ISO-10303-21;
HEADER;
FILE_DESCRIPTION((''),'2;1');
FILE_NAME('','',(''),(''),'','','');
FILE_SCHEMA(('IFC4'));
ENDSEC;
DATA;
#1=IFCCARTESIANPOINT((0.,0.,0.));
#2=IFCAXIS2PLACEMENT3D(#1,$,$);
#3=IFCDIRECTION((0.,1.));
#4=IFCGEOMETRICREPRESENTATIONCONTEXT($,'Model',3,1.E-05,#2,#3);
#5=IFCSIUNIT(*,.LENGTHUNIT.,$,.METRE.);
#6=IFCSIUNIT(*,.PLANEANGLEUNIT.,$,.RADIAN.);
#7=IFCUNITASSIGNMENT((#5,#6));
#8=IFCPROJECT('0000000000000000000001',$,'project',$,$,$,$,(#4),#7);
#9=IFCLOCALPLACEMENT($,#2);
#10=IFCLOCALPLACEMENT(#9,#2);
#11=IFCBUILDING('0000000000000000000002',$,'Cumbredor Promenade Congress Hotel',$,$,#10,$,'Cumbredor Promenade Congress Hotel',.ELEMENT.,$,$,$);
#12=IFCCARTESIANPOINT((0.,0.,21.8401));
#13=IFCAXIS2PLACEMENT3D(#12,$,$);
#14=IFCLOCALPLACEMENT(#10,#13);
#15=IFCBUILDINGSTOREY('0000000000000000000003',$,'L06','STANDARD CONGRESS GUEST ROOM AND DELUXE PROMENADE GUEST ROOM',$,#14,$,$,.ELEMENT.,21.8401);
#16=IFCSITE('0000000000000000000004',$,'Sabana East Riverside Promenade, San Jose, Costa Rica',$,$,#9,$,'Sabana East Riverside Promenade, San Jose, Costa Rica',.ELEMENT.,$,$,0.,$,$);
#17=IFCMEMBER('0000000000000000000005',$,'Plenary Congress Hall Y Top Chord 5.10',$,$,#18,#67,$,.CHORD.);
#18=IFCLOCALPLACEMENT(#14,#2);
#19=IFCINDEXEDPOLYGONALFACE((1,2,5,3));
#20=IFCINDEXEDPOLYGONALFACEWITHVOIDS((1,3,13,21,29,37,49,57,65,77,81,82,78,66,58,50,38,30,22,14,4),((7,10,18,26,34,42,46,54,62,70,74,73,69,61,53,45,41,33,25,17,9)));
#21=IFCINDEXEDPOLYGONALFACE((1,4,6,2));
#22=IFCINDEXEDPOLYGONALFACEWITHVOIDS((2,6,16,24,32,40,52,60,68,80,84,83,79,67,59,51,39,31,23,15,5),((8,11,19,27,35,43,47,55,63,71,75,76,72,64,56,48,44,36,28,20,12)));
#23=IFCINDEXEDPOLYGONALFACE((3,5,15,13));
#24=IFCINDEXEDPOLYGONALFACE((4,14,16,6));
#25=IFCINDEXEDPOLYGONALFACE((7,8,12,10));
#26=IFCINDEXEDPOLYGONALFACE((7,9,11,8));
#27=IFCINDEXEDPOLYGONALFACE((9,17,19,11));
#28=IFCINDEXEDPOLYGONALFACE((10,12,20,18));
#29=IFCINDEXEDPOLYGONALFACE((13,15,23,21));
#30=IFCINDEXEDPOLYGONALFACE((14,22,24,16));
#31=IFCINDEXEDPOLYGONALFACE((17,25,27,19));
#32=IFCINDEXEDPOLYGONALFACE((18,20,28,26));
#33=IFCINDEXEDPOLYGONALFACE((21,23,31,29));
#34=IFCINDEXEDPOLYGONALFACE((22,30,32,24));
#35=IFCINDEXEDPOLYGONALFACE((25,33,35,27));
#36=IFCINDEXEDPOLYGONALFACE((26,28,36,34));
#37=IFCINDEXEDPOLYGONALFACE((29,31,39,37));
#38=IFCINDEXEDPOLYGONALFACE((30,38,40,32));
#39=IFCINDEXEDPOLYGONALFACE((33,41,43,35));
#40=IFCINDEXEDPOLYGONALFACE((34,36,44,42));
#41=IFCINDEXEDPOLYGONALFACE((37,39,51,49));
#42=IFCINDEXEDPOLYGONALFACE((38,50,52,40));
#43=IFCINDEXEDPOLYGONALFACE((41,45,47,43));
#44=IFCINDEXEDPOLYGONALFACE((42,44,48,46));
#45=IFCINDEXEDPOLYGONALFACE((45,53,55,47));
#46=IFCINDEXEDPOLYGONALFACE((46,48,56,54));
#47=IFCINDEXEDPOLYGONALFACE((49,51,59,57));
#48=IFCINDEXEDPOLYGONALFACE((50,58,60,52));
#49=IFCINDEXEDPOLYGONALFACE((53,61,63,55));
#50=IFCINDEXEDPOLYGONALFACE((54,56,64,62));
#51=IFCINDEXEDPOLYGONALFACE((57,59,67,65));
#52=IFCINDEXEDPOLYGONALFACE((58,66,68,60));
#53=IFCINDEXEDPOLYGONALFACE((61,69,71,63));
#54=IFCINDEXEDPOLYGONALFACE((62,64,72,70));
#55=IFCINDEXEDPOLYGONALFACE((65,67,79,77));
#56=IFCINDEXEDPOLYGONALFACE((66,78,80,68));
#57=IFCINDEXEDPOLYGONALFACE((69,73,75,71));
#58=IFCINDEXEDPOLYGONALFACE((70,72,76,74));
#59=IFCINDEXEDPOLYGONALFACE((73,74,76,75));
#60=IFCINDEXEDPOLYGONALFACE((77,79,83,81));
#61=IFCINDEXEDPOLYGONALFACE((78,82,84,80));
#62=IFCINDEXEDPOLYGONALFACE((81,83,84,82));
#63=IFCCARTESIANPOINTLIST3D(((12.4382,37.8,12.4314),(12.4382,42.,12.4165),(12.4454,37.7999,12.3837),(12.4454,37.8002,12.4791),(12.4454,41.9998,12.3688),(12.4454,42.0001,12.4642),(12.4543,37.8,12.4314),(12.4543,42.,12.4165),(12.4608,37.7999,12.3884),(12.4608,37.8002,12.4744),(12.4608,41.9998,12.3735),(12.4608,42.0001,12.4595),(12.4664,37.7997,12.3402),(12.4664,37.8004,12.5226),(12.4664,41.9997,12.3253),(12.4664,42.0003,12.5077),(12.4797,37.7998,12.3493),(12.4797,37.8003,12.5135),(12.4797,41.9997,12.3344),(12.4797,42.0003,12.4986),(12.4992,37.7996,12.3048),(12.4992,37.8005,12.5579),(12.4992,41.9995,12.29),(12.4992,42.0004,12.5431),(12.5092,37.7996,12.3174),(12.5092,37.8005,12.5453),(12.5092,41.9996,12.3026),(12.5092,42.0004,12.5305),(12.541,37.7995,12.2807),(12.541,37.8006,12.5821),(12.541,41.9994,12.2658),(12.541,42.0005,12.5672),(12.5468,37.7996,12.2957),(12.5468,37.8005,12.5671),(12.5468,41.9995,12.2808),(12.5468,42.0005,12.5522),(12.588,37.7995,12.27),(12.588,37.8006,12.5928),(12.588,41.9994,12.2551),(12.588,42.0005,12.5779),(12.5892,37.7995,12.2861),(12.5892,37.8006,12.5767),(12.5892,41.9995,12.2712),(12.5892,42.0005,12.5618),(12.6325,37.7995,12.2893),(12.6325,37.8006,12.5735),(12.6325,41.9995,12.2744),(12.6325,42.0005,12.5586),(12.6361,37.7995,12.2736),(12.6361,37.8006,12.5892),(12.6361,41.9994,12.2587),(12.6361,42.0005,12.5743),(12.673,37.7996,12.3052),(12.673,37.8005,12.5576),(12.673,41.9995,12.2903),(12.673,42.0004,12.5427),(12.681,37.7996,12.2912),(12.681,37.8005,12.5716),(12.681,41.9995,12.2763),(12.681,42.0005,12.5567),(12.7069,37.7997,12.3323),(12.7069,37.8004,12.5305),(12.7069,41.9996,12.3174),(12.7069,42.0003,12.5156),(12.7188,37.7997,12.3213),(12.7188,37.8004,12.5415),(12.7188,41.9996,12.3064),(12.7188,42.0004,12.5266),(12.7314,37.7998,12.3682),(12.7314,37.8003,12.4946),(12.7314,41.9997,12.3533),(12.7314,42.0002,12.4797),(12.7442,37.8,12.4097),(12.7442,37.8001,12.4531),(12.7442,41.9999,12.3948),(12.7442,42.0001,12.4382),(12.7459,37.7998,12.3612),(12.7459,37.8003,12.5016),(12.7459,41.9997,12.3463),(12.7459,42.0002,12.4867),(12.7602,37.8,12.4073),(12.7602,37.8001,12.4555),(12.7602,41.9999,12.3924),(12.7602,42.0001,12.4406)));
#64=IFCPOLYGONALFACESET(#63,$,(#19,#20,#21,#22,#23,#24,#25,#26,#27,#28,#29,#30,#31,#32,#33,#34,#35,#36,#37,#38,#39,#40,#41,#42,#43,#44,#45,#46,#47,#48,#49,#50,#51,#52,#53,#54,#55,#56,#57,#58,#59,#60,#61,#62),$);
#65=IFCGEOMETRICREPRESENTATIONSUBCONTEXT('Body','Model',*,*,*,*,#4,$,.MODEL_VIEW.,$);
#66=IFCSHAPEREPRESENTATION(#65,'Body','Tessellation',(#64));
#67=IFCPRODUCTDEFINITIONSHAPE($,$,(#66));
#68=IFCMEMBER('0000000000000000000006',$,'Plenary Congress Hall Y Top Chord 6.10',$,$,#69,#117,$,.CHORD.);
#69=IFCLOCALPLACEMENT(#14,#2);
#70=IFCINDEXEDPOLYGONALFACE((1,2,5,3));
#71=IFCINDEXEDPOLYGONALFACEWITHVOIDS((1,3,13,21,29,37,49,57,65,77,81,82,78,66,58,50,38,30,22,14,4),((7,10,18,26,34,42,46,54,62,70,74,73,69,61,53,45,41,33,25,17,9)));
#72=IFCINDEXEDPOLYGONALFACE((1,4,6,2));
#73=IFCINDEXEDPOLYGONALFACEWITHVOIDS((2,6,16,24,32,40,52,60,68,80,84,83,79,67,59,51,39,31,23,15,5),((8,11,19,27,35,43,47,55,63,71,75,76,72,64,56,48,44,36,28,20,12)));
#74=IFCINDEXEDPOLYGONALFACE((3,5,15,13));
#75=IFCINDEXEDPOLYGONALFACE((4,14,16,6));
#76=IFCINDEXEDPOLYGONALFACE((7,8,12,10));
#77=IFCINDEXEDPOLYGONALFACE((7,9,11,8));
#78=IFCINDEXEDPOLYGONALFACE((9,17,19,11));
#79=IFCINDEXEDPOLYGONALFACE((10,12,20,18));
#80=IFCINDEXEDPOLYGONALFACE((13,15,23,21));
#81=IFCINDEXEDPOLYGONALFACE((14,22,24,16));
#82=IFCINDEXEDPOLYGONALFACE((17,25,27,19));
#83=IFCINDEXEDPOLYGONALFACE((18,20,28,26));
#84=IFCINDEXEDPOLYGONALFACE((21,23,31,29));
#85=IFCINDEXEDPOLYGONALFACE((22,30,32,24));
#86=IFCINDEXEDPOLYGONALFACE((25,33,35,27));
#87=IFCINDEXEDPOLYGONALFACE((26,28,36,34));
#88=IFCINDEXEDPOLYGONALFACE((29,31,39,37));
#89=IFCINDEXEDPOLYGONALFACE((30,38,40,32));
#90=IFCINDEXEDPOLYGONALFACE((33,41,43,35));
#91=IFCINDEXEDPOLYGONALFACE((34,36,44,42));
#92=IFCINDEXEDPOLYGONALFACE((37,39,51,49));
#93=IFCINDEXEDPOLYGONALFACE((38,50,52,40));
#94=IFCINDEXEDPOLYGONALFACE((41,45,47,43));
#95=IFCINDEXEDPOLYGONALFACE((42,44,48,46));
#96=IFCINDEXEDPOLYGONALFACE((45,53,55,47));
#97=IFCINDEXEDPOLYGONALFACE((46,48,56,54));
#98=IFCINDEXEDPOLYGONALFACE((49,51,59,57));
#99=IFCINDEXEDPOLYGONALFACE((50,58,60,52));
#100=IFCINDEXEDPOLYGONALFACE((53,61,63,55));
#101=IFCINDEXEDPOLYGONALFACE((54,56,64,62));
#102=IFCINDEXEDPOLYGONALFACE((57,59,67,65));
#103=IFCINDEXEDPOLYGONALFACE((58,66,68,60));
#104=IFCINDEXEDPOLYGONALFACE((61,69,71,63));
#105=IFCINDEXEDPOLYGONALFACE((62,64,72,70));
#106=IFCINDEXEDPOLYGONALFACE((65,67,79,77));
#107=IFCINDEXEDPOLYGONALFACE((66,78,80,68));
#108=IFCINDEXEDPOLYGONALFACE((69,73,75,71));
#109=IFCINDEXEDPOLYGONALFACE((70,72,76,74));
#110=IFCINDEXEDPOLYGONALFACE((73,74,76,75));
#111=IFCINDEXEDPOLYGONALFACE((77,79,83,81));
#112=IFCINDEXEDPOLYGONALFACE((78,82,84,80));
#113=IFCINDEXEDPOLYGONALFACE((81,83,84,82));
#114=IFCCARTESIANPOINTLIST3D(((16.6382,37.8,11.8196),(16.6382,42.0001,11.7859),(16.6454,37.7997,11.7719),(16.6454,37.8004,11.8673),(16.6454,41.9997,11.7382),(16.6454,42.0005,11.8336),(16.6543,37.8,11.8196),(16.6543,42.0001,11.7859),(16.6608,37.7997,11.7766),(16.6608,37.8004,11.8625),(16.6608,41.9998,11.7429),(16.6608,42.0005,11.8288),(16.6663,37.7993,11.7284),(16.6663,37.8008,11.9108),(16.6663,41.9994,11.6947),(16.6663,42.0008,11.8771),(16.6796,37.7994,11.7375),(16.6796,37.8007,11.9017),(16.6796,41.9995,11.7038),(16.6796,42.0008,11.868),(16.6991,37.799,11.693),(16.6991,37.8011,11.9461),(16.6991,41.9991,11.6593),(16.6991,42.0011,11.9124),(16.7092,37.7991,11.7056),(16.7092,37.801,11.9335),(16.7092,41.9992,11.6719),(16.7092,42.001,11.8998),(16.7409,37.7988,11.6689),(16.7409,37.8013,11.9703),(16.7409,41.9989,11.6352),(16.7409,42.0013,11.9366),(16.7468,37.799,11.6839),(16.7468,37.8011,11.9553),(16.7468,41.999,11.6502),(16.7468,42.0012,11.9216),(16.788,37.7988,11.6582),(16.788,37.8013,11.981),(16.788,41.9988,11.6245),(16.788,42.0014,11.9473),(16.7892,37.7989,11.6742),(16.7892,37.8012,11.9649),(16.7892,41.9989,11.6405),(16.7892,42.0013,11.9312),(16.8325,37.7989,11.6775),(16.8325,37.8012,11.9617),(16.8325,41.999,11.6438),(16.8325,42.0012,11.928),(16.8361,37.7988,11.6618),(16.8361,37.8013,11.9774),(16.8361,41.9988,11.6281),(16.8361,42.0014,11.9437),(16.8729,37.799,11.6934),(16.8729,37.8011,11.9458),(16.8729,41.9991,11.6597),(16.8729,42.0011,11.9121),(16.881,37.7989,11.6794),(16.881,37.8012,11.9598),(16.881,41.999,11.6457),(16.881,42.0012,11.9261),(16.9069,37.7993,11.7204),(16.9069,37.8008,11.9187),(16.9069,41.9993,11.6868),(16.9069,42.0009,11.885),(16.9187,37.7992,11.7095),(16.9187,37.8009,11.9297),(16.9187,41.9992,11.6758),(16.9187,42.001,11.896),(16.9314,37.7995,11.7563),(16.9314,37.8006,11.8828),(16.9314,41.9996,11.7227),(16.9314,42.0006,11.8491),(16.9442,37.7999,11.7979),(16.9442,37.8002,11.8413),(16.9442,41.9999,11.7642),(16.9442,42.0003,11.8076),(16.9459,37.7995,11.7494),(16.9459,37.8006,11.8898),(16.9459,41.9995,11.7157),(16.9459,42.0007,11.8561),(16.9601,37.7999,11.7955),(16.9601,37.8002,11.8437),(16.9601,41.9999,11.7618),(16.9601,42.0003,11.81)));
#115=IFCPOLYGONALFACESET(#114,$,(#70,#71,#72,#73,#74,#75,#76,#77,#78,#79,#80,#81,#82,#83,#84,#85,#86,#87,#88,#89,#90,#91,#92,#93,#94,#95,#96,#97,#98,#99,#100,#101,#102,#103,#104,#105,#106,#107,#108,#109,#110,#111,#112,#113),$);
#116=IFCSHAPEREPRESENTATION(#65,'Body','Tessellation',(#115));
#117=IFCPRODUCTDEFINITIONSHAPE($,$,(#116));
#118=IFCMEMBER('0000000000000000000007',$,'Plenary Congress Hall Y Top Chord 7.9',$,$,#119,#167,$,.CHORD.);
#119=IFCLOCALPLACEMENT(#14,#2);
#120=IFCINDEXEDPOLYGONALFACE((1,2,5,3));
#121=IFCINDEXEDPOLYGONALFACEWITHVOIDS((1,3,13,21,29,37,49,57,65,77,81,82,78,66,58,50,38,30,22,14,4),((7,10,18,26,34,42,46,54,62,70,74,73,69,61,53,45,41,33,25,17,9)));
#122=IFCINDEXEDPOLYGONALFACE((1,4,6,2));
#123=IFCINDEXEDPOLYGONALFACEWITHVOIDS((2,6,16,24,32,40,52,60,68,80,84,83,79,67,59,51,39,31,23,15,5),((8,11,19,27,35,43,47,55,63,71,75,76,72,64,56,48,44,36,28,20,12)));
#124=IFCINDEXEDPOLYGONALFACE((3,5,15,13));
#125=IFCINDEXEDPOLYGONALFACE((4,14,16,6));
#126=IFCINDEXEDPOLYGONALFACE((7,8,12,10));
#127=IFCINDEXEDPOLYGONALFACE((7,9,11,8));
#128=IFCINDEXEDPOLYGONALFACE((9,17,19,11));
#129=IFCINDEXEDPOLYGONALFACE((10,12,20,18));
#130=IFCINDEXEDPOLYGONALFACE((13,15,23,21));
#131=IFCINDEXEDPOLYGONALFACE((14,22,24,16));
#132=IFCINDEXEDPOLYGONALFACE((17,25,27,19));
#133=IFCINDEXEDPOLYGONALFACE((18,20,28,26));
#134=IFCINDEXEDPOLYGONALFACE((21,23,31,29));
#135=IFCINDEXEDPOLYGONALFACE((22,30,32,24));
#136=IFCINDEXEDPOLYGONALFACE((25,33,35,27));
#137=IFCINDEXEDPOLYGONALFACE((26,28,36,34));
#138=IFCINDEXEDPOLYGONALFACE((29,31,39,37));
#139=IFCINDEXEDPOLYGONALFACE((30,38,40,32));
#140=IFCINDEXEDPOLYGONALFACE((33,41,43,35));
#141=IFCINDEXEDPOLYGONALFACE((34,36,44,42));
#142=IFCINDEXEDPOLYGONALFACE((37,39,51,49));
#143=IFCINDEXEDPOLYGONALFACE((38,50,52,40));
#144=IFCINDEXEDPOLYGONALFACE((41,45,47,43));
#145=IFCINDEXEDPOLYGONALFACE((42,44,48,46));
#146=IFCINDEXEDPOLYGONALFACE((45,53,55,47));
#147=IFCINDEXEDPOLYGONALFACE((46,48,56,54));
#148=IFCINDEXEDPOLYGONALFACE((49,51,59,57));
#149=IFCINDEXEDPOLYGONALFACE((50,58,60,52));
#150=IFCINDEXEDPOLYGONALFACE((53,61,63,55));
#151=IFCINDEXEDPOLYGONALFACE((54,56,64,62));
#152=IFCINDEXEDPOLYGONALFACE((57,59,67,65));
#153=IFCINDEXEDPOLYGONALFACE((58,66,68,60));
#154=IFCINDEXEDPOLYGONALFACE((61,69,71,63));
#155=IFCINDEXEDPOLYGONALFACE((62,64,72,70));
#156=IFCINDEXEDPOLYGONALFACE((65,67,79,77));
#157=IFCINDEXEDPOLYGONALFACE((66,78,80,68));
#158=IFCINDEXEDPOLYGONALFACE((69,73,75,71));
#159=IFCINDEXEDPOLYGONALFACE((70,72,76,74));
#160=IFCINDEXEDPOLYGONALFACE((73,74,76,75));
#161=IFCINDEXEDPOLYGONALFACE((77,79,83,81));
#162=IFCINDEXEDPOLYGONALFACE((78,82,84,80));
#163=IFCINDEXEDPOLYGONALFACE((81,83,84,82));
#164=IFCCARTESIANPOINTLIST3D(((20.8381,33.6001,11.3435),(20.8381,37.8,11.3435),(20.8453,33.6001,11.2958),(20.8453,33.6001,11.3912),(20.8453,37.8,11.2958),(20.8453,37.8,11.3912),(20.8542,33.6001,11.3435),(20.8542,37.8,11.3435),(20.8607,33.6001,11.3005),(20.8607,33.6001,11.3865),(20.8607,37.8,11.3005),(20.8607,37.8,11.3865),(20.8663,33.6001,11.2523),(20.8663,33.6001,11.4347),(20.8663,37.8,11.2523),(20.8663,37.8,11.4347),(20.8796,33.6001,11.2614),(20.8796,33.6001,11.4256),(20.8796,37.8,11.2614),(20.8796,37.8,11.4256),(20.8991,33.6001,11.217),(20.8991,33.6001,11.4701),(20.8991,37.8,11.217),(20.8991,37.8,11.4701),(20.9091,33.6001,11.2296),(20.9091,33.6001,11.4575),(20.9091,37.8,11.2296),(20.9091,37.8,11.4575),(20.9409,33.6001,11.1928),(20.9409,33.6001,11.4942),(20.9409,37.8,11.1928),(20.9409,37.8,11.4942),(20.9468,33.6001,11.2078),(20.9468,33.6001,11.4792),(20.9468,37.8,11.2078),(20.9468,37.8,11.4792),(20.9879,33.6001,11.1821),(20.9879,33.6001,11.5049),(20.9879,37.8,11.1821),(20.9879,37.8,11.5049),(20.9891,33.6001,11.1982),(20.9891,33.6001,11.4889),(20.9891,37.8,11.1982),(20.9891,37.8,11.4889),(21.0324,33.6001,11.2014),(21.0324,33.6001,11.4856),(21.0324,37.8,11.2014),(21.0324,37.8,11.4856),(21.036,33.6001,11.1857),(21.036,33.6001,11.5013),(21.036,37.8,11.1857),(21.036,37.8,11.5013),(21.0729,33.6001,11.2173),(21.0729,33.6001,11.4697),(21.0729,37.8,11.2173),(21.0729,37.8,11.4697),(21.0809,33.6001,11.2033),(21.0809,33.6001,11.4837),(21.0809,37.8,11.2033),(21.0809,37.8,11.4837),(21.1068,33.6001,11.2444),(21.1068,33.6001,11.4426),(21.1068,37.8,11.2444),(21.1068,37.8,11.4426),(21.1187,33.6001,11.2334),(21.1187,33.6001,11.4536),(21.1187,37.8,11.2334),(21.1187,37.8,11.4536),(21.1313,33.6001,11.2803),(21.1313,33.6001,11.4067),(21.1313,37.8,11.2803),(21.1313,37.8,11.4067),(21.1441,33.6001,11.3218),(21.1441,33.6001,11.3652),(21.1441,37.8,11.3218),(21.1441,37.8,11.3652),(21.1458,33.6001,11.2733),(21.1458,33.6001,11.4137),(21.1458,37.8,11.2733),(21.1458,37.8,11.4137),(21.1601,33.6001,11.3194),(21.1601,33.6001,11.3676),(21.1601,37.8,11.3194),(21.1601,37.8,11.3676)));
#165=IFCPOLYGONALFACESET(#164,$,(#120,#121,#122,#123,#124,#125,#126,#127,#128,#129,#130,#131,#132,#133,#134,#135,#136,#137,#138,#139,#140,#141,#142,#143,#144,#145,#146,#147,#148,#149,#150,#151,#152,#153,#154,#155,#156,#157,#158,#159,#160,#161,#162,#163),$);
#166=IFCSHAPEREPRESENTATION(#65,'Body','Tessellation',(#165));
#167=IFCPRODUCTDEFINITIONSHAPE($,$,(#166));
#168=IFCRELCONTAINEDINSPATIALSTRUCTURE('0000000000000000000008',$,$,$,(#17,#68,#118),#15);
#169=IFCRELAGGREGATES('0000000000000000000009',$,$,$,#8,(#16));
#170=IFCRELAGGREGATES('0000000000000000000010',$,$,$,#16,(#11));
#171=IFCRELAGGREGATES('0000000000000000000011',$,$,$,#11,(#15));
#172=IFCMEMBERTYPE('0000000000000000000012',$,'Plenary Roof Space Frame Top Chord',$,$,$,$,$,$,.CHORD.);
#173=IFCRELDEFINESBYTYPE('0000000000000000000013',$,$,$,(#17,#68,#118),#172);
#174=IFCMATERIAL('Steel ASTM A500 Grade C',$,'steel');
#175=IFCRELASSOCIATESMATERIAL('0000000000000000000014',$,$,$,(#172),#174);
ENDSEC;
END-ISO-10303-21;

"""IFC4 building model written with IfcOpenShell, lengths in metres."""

from ifc_helpers import new_model, si_unit, direction, frame, origin, origin_2d, place, context, subcontext, project, spatial, hollow_circle, extrude, material, material_profile, profile_set, type_object, element, save


model = new_model("IFC4")

# Units and contexts
model_context = context("Model", 3, precision=1e-05, world=origin(), true_north=direction((0.0, 1.0)))
body_context = subcontext(model_context, "Body", "Model", "MODEL_VIEW")
ifc_project = project(units=[si_unit("LENGTHUNIT", "METRE"), si_unit("PLANEANGLEUNIT", "RADIAN")], contexts=[model_context])

# Site, building, storey
site_placement = place(None, origin())
site = spatial("IfcSite", under=ifc_project, at=site_placement, Name="Sabana East Riverside Promenade, San Jose, Costa Rica", LongName="Sabana East Riverside Promenade, San Jose, Costa Rica", CompositionType="ELEMENT", RefElevation=0.0)
building_placement = place(site_placement, origin())
building = spatial("IfcBuilding", under=site, at=building_placement, Name="Cumbredor Promenade Congress Hotel", LongName="Cumbredor Promenade Congress Hotel", CompositionType="ELEMENT")
storey_placement = place(building_placement, frame((0.0, 0.0, 21.8401)))
storey = spatial("IfcBuildingStorey", under=building, at=storey_placement, Name="L06", Description="STANDARD CONGRESS GUEST ROOM AND DELUXE PROMENADE GUEST ROOM", CompositionType="ELEMENT", Elevation=21.8401)

# Members
ifc_material_1 = material(Name="Steel ASTM A500 Grade C", Category="steel")
ifc_material_profile_1 = material_profile(ifc_material_1, hollow_circle(Radius=0.1619, WallThickness=0.0161, at=origin_2d()), Name="CHS 323.9x16")
ifc_profile_set_1 = profile_set([ifc_material_profile_1], Name="Steel ASTM A500 Grade C")
member_type_1 = type_object("IfcMemberType", Name="Plenary Roof Space Frame Top Chord", PredefinedType="CHORD", material=ifc_profile_set_1)
member_1_placement = place(storey_placement, frame((12.6001, 37.8, 12.4314), z_axis=(0.0, 0.999994, -0.003546), x_axis=(-1.0, 0.0, 0.0)))
element("IfcMember", 1, at=member_1_placement, inside=storey, type_object=member_type_1, Name="Plenary Congress Hall Y Top Chord 5.10", PredefinedType="CHORD", context=body_context, shape_type="SweptSolid", body=[
    extrude(hollow_circle(Radius=0.1619, WallThickness=0.0161, at=origin_2d()), origin(), (0.0, 0.0, 1.0), 4.2),
])
member_2_placement = place(storey_placement, frame((16.8, 37.8, 11.8196), z_axis=(0.0, 0.999968, -0.008022), x_axis=(-1.0, 0.0, 0.0)))
element("IfcMember", 2, at=member_2_placement, inside=storey, type_object=member_type_1, Name="Plenary Congress Hall Y Top Chord 6.10", PredefinedType="CHORD", context=body_context, shape_type="SweptSolid", body=[
    extrude(hollow_circle(Radius=0.1619, WallThickness=0.0161, at=origin_2d()), origin(), (0.0, 0.0, 1.0), 4.2002),
])
member_3_placement = place(storey_placement, frame((21.0, 33.6001, 11.3435), z_axis=(0.0, 1.0, 0.0), x_axis=(-1.0, 0.0, 0.0)))
element("IfcMember", 3, at=member_3_placement, inside=storey, type_object=member_type_1, Name="Plenary Congress Hall Y Top Chord 7.9", PredefinedType="CHORD", context=body_context, shape_type="SweptSolid", body=[
    extrude(hollow_circle(Radius=0.1619, WallThickness=0.0161, at=origin_2d()), origin(), (0.0, 0.0, 1.0), 4.2),
])

save(model, "model.ifc")
